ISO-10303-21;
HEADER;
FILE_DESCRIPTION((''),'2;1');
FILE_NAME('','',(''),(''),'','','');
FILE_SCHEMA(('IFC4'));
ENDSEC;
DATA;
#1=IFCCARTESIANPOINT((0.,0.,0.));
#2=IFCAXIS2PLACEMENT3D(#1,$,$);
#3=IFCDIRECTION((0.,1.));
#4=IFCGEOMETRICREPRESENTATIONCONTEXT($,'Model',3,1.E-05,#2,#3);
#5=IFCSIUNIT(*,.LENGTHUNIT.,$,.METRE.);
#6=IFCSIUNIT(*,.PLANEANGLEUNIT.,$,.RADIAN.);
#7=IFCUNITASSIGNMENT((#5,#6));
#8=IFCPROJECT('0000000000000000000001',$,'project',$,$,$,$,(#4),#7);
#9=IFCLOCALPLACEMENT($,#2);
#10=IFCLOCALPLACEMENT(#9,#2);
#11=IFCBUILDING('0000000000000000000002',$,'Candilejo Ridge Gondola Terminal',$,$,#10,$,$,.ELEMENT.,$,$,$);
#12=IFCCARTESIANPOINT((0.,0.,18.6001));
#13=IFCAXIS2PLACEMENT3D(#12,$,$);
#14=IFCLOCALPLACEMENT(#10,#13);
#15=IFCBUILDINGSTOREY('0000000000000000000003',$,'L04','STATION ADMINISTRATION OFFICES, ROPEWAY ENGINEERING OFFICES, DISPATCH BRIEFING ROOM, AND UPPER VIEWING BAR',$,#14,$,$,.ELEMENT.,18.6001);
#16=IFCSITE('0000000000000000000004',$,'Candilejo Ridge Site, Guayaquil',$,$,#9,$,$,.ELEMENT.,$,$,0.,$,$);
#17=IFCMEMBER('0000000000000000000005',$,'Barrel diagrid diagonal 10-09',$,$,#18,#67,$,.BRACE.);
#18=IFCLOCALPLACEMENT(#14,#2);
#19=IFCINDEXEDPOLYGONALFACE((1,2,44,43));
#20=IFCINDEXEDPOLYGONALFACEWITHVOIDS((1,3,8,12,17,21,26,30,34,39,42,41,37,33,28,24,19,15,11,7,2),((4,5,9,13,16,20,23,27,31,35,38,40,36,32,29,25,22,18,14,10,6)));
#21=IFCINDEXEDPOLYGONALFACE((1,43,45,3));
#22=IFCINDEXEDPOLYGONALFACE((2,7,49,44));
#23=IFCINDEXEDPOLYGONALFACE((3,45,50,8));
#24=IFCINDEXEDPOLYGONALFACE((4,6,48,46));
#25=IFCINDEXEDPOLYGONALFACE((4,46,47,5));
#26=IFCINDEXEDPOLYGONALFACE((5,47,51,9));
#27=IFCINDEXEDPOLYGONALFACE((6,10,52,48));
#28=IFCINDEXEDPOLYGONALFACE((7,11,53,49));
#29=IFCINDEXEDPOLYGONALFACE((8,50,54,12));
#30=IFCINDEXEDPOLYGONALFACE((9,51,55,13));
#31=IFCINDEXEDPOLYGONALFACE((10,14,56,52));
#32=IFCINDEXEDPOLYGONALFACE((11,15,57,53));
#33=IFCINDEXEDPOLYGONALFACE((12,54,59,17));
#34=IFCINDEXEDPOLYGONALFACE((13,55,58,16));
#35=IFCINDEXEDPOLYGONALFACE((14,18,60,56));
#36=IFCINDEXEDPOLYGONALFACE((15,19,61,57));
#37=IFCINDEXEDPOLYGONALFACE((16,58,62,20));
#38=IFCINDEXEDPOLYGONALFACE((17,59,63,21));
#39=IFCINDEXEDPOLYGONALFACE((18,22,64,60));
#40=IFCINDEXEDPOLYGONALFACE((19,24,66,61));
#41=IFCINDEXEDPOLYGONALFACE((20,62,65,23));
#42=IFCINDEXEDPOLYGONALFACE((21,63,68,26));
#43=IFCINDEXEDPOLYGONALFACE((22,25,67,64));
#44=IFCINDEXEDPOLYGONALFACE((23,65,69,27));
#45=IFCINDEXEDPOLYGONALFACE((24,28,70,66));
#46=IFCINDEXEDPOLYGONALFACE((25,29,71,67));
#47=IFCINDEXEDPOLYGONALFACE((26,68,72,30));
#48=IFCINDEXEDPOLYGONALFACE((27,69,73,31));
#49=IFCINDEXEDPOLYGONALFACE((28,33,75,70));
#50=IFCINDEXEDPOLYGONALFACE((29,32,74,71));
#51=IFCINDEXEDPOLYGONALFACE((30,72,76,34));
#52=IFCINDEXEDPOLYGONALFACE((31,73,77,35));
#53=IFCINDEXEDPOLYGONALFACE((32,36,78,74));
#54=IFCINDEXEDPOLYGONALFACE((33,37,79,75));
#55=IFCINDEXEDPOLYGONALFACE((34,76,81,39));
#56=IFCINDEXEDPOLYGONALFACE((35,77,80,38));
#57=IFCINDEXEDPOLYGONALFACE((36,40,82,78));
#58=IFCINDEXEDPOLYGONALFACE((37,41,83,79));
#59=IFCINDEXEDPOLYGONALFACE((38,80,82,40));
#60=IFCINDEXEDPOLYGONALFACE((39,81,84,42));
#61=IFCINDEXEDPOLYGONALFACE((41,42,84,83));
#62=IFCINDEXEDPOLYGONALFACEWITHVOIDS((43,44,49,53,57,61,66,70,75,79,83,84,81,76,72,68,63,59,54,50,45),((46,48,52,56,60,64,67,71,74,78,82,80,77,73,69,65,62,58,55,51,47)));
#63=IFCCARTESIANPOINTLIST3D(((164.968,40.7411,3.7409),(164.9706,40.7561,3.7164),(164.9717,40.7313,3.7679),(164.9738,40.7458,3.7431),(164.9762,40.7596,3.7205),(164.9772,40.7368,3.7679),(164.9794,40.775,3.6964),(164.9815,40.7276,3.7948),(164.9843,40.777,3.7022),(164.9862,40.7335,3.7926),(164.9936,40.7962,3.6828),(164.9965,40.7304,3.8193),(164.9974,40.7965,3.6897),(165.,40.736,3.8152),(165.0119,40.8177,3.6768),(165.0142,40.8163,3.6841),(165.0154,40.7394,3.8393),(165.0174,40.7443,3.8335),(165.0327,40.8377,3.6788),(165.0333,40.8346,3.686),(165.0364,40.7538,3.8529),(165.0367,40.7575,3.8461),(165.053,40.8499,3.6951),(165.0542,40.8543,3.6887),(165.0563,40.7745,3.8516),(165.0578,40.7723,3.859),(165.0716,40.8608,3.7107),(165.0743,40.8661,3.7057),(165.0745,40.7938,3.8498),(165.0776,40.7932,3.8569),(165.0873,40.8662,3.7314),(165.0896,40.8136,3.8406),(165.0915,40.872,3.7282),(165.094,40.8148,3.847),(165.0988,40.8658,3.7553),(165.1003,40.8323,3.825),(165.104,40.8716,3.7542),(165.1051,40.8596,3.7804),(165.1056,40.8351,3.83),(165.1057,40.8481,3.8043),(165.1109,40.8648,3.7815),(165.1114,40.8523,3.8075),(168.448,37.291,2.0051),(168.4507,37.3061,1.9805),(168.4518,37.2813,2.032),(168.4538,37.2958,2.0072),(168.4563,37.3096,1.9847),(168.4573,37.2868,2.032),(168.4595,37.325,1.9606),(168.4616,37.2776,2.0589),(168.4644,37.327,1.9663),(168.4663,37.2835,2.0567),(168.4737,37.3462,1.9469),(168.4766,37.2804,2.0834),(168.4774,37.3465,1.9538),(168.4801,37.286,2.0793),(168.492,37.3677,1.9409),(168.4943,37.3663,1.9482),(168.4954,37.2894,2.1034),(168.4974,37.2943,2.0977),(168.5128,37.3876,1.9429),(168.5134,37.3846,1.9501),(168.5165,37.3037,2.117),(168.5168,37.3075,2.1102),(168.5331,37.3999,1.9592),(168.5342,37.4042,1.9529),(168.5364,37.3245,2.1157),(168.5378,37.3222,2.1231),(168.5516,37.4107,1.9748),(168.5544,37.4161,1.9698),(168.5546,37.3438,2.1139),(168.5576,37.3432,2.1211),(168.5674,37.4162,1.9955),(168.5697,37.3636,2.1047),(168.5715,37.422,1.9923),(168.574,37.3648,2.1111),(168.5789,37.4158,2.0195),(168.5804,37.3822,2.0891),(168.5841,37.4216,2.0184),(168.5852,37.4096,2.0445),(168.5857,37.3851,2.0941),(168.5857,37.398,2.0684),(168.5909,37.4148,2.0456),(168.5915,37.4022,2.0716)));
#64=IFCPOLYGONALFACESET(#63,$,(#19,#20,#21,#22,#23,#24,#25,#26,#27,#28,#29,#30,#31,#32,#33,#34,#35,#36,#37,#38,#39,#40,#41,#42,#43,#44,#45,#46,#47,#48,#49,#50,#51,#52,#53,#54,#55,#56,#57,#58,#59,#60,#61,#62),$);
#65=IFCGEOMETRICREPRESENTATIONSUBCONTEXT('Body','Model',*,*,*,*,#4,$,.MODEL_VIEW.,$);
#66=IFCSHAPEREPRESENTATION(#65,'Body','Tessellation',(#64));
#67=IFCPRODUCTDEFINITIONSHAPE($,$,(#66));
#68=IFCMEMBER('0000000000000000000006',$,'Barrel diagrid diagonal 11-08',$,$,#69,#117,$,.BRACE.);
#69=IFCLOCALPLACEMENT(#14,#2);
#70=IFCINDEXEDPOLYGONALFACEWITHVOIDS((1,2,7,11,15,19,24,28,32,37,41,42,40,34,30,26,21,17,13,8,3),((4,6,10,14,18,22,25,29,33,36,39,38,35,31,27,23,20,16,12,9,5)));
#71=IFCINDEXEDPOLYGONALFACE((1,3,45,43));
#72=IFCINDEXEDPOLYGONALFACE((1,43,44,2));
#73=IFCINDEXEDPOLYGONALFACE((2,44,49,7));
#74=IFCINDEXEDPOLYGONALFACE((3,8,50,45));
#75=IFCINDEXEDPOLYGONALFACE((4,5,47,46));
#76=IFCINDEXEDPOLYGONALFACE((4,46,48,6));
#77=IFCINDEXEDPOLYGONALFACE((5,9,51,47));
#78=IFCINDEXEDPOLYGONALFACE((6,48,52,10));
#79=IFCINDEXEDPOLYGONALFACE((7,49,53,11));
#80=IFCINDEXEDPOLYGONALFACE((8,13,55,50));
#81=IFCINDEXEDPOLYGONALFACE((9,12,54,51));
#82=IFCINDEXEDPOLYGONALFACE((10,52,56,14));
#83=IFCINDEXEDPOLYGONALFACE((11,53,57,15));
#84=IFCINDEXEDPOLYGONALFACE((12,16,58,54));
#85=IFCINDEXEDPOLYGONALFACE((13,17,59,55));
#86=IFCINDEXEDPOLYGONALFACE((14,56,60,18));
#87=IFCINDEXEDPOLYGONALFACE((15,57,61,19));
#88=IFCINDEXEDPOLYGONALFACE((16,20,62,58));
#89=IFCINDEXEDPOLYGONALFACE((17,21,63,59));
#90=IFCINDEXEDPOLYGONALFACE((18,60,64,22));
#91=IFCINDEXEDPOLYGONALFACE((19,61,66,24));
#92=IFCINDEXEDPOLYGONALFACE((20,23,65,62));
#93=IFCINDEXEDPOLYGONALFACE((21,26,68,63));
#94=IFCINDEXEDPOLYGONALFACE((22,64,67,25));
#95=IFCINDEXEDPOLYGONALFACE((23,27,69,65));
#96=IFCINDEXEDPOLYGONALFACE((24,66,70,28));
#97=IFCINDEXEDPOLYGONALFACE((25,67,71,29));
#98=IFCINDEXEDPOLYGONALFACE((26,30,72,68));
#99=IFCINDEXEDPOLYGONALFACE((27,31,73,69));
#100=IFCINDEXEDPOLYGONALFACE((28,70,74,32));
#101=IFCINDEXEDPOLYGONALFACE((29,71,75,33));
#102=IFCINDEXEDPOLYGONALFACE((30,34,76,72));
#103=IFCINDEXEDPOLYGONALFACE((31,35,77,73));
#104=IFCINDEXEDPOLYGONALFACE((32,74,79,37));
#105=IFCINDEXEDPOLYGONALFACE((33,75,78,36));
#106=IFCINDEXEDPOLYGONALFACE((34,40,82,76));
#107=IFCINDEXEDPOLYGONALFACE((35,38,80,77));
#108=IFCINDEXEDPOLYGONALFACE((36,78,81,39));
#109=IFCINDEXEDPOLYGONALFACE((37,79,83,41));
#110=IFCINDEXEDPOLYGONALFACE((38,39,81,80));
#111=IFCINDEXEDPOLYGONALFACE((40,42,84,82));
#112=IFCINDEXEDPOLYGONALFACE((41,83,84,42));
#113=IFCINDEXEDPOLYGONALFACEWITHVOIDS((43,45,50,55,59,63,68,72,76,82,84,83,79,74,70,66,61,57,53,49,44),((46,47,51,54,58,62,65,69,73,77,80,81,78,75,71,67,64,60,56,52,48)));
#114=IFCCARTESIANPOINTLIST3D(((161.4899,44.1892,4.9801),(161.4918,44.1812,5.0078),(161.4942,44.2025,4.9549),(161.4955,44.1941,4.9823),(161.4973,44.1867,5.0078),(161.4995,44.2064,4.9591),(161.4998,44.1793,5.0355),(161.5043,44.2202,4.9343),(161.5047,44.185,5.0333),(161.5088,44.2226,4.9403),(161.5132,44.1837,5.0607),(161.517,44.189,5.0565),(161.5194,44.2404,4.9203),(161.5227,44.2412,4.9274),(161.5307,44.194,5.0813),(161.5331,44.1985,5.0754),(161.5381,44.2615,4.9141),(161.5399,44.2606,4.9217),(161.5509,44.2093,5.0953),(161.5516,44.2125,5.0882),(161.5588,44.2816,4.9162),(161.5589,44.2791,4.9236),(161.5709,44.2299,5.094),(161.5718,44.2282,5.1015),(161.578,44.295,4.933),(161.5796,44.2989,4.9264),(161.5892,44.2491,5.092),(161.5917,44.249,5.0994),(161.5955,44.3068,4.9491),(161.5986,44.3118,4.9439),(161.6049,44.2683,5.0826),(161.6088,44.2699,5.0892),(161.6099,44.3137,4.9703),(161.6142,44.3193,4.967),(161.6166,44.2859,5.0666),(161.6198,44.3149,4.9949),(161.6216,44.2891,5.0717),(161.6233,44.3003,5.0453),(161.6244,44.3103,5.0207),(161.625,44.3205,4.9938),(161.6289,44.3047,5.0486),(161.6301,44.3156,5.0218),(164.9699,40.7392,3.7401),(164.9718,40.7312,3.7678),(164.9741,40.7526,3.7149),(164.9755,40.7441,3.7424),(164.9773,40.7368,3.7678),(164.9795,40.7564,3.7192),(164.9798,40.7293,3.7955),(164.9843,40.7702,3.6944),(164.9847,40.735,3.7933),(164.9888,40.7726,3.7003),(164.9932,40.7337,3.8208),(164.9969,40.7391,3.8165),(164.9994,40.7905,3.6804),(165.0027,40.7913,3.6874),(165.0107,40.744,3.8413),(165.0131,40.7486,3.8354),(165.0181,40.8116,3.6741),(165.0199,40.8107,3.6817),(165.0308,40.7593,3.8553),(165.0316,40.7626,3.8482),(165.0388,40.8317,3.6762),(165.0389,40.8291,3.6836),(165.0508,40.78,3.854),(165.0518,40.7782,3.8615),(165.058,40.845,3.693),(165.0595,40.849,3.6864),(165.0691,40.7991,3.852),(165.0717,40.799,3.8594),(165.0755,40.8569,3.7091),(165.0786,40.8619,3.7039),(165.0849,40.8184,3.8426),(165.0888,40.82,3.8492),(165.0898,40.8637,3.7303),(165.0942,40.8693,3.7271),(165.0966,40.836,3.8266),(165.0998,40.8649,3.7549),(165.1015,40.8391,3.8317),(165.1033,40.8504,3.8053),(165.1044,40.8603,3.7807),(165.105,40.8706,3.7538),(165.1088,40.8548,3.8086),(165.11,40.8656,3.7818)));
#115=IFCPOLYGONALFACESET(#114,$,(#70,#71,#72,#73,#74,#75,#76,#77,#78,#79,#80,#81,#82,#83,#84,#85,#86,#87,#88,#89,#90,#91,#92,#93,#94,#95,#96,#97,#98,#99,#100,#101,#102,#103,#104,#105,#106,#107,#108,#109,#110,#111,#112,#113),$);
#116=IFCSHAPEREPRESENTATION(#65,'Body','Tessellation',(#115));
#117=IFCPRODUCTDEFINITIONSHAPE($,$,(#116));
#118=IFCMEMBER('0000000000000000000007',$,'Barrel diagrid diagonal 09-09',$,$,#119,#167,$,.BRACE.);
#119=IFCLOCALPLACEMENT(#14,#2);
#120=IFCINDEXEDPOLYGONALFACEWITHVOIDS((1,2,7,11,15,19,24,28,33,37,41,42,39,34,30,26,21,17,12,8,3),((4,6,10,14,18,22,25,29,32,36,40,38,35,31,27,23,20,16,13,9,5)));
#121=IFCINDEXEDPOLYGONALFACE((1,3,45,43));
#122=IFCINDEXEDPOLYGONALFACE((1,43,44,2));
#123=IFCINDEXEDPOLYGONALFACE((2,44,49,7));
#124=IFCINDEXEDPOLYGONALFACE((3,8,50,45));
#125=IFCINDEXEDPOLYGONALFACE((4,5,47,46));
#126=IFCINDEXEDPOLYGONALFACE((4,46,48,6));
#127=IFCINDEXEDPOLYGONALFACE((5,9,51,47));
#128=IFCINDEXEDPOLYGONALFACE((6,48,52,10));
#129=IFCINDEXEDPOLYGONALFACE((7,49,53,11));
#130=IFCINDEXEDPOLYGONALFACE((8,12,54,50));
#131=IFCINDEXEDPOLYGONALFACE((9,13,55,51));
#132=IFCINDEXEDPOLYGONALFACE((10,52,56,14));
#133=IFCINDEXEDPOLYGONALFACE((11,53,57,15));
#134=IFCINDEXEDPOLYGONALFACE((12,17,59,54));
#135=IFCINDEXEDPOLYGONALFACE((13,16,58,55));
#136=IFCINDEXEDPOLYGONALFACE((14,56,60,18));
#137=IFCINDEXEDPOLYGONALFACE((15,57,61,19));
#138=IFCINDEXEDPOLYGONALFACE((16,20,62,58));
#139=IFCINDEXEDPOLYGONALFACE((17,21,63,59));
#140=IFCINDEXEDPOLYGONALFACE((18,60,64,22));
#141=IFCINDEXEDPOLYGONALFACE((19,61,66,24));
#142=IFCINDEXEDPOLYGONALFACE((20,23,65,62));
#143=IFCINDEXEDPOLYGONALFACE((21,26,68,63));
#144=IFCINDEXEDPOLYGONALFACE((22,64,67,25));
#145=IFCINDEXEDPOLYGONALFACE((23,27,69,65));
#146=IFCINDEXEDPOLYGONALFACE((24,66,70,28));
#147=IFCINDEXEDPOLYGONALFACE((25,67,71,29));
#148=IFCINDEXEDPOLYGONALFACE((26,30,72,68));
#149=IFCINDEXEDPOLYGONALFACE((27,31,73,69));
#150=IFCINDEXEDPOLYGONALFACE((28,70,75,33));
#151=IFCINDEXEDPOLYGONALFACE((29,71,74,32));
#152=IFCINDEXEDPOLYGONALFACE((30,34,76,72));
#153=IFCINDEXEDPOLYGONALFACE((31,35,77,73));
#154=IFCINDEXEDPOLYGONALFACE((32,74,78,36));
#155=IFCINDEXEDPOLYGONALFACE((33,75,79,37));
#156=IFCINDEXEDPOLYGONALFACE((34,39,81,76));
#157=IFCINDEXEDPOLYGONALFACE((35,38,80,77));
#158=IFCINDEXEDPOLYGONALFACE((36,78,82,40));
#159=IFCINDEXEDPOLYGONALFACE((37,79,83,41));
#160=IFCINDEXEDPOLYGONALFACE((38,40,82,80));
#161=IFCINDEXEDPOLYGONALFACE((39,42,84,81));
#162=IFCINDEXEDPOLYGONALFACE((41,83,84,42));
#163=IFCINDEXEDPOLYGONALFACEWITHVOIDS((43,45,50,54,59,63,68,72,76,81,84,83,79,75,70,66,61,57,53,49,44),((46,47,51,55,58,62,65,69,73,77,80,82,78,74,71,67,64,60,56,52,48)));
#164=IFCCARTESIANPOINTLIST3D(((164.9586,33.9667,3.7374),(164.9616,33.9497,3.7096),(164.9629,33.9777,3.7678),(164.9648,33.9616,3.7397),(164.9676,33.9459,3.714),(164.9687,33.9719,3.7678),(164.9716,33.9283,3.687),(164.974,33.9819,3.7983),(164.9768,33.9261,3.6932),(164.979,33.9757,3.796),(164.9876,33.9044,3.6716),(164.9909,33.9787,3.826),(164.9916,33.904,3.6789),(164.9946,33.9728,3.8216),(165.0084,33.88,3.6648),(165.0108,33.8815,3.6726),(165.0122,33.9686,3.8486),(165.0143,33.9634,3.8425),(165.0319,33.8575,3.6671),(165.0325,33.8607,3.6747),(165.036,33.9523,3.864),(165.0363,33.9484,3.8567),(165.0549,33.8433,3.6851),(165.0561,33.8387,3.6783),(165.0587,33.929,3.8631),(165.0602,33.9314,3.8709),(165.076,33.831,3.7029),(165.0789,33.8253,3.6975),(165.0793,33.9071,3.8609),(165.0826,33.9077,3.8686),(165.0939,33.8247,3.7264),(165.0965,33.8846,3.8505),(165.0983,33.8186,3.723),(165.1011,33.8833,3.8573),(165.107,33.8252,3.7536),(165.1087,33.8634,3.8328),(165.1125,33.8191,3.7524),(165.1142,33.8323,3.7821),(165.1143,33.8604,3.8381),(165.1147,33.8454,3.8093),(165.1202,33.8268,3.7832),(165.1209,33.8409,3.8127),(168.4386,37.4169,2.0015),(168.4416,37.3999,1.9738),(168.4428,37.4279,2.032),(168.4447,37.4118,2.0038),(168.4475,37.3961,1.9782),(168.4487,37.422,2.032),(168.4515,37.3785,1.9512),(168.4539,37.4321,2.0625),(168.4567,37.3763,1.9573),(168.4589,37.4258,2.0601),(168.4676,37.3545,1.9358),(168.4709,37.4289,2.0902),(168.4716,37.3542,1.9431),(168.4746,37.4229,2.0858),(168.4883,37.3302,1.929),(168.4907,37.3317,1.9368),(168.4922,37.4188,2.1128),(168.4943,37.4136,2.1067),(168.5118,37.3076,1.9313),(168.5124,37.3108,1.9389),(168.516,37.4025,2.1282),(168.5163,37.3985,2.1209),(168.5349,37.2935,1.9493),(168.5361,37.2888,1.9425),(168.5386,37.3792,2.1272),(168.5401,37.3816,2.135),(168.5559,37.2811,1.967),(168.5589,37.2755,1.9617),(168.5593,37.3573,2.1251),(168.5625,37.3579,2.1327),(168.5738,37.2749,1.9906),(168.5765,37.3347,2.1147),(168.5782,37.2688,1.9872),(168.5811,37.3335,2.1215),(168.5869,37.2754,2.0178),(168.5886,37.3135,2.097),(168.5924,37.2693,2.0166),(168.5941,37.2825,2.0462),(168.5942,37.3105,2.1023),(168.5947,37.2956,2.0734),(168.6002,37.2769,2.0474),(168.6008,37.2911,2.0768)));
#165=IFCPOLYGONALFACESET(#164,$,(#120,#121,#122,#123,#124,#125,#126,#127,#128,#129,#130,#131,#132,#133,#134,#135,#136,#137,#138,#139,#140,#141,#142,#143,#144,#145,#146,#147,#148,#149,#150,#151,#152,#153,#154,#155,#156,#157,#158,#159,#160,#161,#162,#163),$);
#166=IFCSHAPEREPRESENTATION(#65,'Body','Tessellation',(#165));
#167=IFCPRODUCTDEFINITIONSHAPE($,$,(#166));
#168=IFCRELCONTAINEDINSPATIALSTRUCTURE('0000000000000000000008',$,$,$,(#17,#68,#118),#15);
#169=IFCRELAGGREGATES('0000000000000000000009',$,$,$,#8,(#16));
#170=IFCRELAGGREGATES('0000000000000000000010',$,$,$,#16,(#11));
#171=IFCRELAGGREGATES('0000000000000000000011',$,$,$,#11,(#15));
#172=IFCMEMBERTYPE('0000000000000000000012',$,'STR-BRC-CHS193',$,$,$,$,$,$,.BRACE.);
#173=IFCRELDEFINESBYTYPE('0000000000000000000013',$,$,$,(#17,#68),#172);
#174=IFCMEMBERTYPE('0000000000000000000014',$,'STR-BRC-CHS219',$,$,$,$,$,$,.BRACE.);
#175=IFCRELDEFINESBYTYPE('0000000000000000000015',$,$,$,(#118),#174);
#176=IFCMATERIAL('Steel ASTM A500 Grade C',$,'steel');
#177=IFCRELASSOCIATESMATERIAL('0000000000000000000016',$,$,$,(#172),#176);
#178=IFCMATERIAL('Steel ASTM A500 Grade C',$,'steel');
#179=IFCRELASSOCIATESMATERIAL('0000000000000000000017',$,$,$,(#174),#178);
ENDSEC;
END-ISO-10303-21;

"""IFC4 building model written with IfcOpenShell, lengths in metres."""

from ifc_helpers import new_model, si_unit, direction, frame, origin, origin_2d, place, context, subcontext, project, spatial, hollow_circle, extrude, material, material_profile, profile_set, type_object, element, save


model = new_model("IFC4")

# Units and contexts
model_context = context("Model", 3, precision=1e-05, world=origin(), true_north=direction((0.0, 1.0)))
body_context = subcontext(model_context, "Body", "Model", "MODEL_VIEW")
ifc_project = project(units=[si_unit("LENGTHUNIT", "METRE"), si_unit("PLANEANGLEUNIT", "RADIAN")], contexts=[model_context])

# Site, building, storey
site_placement = place(None, origin())
site = spatial("IfcSite", under=ifc_project, at=site_placement, Name="Candilejo Ridge Site, Guayaquil", CompositionType="ELEMENT", RefElevation=0.0)
building_placement = place(site_placement, origin())
building = spatial("IfcBuilding", under=site, at=building_placement, Name="Candilejo Ridge Gondola Terminal", CompositionType="ELEMENT")
storey_placement = place(building_placement, frame((0.0, 0.0, 18.6001)))
storey = spatial("IfcBuildingStorey", under=building, at=storey_placement, Name="L04", Description="STATION ADMINISTRATION OFFICES, ROPEWAY ENGINEERING OFFICES, DISPATCH BRIEFING ROOM, AND UPPER VIEWING BAR", CompositionType="ELEMENT", Elevation=18.6001)

# Members
ifc_material_1 = material(Name="Steel ASTM A500 Grade C", Category="steel")
ifc_material_profile_1 = material_profile(ifc_material_1, hollow_circle(Radius=0.0969, WallThickness=0.0078, at=origin_2d()))
ifc_profile_set_1 = profile_set([ifc_material_profile_1], Name="Steel ASTM A500 Grade C")
member_type_1 = type_object("IfcMemberType", Name="STR-BRC-CHS193", PredefinedType="BRACE", material=ifc_profile_set_1)
member_1_placement = place(storey_placement, frame((168.52, 37.3501, 2.032), z_axis=(-0.669406, 0.663629, 0.333904), x_axis=(-0.704036, -0.710164, 0.0)))
element("IfcMember", 1, at=member_1_placement, inside=storey, type_object=member_type_1, Name="Barrel diagrid diagonal 10-09", PredefinedType="BRACE", context=body_context, shape_type="SweptSolid", body=[
    extrude(hollow_circle(Radius=0.0969, WallThickness=0.0078, at=origin_2d()), origin(), (0.0, 0.0, 1.0), 5.1987),
])
member_2_placement = place(storey_placement, frame((165.04, 40.8, 3.7678), z_axis=(-0.688464, 0.682523, 0.245314), x_axis=(-0.704036, -0.710164, 0.0)))
element("IfcMember", 2, at=member_2_placement, inside=storey, type_object=member_type_1, Name="Barrel diagrid diagonal 11-08", PredefinedType="BRACE", context=body_context, shape_type="SweptSolid", body=[
    extrude(hollow_circle(Radius=0.0969, WallThickness=0.0078, at=origin_2d()), origin(), (0.0, 0.0, 1.0), 5.0547),
])
ifc_material_2 = material(Name="Steel ASTM A500 Grade C", Category="steel")
ifc_material_profile_2 = material_profile(ifc_material_2, hollow_circle(Radius=0.1096, WallThickness=0.0083, at=origin_2d()))
ifc_profile_set_2 = profile_set([ifc_material_profile_2], Name="Steel ASTM A500 Grade C")
member_type_2 = type_object("IfcMemberType", Name="STR-BRC-CHS219", PredefinedType="BRACE", material=ifc_profile_set_2)
member_3_placement = place(storey_placement, frame((165.04, 33.8999, 3.7678), z_axis=(0.669385, 0.663656, -0.333894), x_axis=(-0.704061, 0.710139, 0.0)))
element("IfcMember", 3, at=member_3_placement, inside=storey, type_object=member_type_2, Name="Barrel diagrid diagonal 09-09", PredefinedType="BRACE", context=body_context, shape_type="SweptSolid", body=[
    extrude(hollow_circle(Radius=0.1096, WallThickness=0.0083, at=origin_2d()), origin(), (0.0, 0.0, 1.0), 5.1987),
])

save(model, "model.ifc")
